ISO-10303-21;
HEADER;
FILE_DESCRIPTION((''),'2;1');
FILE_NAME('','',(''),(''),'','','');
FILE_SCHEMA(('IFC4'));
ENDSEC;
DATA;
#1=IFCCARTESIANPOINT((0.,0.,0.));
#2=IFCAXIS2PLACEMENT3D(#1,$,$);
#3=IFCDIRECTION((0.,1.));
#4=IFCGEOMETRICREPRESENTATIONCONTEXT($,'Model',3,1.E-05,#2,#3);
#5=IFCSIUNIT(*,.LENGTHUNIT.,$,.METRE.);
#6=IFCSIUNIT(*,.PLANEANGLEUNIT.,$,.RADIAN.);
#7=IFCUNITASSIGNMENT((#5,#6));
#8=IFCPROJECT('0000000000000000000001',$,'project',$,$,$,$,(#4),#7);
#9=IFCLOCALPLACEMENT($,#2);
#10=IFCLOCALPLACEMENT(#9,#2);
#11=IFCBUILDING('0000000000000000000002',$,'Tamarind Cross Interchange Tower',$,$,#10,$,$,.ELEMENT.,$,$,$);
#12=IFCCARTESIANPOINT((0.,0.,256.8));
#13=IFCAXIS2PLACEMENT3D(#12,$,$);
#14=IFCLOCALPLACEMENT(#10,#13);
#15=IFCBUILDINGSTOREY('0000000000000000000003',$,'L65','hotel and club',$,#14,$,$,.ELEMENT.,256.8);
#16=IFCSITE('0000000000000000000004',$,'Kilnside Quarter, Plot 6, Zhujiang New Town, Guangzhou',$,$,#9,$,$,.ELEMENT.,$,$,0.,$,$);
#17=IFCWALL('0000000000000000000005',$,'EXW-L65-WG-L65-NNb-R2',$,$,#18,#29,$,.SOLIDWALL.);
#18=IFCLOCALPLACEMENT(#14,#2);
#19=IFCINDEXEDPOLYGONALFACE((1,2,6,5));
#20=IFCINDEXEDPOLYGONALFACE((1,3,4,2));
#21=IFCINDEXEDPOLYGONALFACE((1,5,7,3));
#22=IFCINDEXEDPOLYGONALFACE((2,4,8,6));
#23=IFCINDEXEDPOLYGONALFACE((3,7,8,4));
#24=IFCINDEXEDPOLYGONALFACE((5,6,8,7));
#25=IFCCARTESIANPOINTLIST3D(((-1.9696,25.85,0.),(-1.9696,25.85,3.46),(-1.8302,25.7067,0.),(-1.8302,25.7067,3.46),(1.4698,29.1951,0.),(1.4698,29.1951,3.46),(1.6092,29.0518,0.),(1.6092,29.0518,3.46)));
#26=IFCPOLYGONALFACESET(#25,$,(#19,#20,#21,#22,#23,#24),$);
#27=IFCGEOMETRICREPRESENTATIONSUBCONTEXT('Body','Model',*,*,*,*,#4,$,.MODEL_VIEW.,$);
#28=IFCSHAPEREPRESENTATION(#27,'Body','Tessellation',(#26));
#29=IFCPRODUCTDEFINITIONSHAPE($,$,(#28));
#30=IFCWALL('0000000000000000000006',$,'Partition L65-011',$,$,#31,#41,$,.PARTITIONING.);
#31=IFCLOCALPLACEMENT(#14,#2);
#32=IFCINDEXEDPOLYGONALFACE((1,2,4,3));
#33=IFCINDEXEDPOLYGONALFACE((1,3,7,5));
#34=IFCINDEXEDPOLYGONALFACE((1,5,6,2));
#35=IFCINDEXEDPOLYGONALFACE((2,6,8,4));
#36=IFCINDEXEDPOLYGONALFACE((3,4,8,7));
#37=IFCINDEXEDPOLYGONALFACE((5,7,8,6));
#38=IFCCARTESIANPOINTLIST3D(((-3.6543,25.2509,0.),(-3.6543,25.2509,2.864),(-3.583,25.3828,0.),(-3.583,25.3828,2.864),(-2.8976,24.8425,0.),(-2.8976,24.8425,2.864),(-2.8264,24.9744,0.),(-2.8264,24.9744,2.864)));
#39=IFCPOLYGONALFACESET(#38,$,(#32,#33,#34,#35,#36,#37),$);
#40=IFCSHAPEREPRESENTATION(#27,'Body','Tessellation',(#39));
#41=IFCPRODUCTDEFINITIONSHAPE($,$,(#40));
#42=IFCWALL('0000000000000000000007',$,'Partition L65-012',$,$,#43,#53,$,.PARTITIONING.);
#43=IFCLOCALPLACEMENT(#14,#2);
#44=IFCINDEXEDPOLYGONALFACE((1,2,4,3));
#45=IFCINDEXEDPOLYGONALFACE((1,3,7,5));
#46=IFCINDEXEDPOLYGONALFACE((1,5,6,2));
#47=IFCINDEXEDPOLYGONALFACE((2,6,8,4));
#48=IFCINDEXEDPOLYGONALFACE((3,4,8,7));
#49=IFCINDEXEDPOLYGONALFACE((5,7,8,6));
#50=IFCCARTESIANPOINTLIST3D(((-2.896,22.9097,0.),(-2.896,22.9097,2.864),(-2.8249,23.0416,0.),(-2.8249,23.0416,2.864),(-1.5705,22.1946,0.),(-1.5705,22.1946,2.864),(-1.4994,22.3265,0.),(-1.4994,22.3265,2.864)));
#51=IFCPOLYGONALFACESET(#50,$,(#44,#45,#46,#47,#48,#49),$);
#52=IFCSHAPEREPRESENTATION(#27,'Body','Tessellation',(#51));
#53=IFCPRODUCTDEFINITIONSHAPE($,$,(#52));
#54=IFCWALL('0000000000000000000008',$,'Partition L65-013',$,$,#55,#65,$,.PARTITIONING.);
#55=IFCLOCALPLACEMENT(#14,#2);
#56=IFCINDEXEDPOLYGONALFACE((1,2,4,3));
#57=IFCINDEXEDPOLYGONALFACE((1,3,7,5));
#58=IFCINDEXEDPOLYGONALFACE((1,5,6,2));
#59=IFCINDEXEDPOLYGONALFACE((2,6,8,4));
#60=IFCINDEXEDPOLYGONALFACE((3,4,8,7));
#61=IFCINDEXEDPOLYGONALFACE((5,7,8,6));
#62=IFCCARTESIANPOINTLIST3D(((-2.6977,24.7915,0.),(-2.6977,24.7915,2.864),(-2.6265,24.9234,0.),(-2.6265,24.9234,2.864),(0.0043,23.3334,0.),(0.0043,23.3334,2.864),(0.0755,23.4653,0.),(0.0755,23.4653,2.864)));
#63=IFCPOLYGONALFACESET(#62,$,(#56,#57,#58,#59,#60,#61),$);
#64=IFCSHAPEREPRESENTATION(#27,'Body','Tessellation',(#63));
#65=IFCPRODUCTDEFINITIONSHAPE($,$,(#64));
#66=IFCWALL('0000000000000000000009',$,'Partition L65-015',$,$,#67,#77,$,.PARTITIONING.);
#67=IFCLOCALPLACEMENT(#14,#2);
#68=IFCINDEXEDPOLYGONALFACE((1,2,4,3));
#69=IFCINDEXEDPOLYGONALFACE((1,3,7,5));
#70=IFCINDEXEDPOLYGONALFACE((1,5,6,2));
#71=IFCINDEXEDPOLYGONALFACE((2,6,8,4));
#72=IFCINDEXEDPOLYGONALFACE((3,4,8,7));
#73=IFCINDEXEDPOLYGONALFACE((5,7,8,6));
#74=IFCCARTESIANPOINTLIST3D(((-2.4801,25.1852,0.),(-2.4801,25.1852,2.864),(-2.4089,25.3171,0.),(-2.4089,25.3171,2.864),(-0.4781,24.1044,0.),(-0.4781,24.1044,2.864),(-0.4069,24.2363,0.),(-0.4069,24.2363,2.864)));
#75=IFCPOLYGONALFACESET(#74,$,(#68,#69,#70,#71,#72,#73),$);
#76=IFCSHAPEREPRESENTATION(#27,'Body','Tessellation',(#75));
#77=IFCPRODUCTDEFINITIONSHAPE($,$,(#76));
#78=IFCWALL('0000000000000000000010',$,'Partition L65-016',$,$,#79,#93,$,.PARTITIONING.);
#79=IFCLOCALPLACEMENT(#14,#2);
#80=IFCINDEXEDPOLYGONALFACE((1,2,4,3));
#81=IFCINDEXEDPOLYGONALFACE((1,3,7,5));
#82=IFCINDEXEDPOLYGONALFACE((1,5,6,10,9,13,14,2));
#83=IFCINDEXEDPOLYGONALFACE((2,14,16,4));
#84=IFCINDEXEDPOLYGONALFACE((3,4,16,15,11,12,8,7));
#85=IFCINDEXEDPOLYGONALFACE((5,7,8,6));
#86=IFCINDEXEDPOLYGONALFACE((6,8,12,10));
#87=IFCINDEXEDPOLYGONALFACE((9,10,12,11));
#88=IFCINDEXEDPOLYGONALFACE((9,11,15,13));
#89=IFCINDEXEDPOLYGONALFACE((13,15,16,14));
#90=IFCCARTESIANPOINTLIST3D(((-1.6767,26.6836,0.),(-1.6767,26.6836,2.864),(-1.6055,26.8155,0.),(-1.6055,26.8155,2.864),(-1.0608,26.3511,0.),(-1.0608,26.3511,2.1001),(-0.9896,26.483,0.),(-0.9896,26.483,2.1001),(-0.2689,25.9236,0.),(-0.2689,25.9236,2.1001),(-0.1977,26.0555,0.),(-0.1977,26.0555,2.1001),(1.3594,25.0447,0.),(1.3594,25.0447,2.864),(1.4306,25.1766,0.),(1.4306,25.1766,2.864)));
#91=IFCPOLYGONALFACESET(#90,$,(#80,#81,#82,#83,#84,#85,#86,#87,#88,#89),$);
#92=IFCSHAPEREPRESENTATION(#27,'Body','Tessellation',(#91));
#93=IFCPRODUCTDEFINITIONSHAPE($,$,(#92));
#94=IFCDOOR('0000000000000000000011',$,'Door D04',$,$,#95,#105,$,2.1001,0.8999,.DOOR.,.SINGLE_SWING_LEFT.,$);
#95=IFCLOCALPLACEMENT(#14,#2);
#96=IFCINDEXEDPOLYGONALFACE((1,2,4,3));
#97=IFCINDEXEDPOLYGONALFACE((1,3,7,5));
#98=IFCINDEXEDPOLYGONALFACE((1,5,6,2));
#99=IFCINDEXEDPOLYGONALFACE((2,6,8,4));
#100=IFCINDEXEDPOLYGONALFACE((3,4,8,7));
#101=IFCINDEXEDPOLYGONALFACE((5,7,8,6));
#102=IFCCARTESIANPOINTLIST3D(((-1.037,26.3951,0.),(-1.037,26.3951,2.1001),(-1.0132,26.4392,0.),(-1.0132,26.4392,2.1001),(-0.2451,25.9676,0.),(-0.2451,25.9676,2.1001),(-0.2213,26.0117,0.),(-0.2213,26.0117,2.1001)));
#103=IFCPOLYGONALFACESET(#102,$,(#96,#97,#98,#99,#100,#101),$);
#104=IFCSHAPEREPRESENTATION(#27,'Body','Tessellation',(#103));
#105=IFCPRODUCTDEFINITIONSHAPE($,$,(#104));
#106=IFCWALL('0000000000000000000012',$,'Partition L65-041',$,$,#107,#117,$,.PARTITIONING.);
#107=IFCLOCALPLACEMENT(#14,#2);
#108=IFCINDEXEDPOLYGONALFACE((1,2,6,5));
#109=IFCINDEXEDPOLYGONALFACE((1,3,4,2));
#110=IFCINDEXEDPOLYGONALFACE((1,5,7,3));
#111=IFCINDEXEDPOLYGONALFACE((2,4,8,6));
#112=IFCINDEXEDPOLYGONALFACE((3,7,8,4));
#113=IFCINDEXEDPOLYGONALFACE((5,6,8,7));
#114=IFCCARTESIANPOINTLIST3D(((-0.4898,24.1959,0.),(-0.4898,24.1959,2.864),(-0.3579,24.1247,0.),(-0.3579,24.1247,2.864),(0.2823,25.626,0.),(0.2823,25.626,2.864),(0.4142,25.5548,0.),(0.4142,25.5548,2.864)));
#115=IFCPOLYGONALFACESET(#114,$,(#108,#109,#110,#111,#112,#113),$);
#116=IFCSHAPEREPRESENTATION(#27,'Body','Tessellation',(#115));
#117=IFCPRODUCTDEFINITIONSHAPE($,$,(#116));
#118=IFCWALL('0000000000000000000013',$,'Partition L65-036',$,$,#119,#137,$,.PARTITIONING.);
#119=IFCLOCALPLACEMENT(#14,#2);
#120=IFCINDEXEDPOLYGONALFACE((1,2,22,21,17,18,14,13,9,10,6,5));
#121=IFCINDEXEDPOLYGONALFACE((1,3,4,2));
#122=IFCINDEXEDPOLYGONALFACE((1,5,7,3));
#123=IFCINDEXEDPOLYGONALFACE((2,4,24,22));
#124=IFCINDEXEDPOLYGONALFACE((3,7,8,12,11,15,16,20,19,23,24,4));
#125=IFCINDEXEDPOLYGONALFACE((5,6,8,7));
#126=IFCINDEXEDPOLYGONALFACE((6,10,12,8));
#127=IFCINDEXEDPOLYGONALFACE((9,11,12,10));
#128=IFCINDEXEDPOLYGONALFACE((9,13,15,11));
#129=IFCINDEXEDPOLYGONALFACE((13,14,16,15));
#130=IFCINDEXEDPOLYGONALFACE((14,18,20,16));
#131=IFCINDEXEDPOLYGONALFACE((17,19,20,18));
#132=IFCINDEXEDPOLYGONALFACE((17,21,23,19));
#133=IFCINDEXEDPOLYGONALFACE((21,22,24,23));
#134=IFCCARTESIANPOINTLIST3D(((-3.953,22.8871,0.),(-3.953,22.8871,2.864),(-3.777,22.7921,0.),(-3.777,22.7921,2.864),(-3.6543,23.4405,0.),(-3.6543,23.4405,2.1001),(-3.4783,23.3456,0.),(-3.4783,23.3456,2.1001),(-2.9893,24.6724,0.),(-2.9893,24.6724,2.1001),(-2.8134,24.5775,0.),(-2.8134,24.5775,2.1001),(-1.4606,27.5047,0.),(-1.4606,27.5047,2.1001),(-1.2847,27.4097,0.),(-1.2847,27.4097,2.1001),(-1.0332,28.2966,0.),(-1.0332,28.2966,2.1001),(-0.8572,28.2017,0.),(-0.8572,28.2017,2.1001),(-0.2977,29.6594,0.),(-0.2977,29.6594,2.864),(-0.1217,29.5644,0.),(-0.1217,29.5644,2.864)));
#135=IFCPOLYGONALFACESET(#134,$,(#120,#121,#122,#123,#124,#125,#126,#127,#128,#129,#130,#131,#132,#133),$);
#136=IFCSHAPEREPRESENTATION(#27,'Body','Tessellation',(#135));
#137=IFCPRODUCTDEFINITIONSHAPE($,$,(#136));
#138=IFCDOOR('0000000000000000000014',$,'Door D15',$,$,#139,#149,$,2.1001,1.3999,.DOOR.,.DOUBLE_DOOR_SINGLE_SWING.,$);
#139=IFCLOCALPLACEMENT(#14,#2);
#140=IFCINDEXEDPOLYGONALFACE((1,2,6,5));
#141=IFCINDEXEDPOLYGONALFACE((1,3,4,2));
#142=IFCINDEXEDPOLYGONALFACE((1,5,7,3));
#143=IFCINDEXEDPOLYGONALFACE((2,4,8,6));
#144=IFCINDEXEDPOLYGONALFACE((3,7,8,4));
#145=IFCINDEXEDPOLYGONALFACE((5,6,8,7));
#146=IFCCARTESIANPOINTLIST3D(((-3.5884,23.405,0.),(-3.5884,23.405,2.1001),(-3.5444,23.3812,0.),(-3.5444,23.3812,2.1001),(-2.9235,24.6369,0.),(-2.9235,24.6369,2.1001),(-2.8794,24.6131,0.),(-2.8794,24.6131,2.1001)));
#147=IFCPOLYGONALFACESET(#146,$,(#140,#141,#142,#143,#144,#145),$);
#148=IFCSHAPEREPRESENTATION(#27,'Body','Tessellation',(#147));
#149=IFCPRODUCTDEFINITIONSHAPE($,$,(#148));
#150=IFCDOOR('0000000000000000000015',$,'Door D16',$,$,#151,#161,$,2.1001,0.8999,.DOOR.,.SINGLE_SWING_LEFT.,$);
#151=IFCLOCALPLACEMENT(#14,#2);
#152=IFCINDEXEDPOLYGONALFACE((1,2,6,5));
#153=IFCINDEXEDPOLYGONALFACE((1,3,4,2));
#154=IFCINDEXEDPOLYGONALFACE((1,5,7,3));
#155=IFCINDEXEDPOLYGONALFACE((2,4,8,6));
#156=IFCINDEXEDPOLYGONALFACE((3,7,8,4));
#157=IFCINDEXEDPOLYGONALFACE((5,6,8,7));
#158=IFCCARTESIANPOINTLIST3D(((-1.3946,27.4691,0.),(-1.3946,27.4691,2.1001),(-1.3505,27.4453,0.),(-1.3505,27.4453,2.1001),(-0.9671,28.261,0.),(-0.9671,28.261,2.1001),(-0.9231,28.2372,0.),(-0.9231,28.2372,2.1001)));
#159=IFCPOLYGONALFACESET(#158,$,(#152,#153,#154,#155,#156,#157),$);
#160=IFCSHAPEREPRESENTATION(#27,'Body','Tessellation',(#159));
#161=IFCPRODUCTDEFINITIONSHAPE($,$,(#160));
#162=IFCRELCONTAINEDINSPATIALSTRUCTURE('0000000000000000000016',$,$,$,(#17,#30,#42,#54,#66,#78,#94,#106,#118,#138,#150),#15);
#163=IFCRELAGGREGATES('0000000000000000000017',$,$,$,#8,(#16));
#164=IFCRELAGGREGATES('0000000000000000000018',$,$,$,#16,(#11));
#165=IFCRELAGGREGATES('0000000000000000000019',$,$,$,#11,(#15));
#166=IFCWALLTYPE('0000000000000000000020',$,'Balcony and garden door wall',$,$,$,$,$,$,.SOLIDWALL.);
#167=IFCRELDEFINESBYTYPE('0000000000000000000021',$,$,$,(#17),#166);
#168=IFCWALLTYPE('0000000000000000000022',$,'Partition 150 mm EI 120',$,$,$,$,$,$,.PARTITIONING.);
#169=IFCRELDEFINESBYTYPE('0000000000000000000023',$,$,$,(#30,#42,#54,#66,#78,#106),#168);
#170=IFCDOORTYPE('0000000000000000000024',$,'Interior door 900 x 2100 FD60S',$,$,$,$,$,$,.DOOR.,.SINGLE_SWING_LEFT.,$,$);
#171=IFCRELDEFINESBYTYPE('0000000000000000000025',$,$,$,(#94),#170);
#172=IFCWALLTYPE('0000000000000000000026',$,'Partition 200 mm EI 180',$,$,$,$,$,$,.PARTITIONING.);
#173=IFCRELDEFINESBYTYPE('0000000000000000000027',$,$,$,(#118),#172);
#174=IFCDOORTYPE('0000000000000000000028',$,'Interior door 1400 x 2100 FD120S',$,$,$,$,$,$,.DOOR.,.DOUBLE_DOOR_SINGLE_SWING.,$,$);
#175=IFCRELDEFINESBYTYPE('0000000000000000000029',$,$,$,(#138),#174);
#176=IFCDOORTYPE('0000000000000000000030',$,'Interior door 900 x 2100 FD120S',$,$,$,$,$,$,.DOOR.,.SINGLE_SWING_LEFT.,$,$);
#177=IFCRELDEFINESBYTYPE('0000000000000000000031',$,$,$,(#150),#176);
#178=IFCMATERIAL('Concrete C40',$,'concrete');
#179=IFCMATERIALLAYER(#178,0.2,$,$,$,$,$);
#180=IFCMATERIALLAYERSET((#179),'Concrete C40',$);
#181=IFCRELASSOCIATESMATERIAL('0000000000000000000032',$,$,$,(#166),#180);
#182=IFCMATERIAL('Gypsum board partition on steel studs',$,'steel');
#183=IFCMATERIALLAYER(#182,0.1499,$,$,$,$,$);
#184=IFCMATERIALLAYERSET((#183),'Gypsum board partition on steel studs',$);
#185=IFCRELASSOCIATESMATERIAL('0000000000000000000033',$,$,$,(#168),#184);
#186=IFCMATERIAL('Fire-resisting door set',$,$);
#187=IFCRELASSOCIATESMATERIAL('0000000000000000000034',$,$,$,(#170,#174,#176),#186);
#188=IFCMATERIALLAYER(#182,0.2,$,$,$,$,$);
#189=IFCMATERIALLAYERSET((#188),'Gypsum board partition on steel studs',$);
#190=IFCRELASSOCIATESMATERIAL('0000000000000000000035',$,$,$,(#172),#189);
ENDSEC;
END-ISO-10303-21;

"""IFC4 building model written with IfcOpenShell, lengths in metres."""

from ifc_helpers import new_model, si_unit, direction, frame, frame_2d, origin, place, context, subcontext, project, spatial, rectangle, extrude, material, layer, layer_set, type_object, element, fill, save


model = new_model("IFC4")

# Units and contexts
model_context = context("Model", 3, precision=1e-05, world=origin(), true_north=direction((0.0, 1.0)))
body_context = subcontext(model_context, "Body", "Model", "MODEL_VIEW")
ifc_project = project(units=[si_unit("LENGTHUNIT", "METRE"), si_unit("PLANEANGLEUNIT", "RADIAN")], contexts=[model_context])

# Site, building, storey
site_placement = place(None, origin())
site = spatial("IfcSite", under=ifc_project, at=site_placement, Name="Kilnside Quarter, Plot 6, Zhujiang New Town, Guangzhou", CompositionType="ELEMENT", RefElevation=0.0)
building_placement = place(site_placement, origin())
building = spatial("IfcBuilding", under=site, at=building_placement, Name="Tamarind Cross Interchange Tower", CompositionType="ELEMENT")
storey_placement = place(building_placement, frame((0.0, 0.0, 256.8)))
storey = spatial("IfcBuildingStorey", under=building, at=storey_placement, Name="L65", Description="hotel and club", CompositionType="ELEMENT", Elevation=256.8)

# Walls
ifc_material_1 = material(Name="Concrete C40", Category="concrete")
ifc_layer_1 = layer(ifc_material_1, 0.2)
ifc_layer_set_1 = layer_set([ifc_layer_1], Name="Concrete C40")
wall_type_1 = type_object("IfcWallType", Name="Balcony and garden door wall", PredefinedType="SOLIDWALL", material=ifc_layer_set_1)
wall_1_placement = place(storey_placement, frame((-1.8999, 25.7783, 0.0), z_axis=(0.0, 0.0, 1.0), x_axis=(0.716859, 0.697218, 0.0)))
element("IfcWall", 1, at=wall_1_placement, inside=storey, type_object=wall_type_1, Name="EXW-L65-WG-L65-NNb-R2", PredefinedType="SOLIDWALL", context=body_context, shape_type="SweptSolid", body=[
    extrude(rectangle(XDim=4.7979, YDim=0.2, at=frame_2d((2.3989, 0.0))), origin(), (0.0, 0.0, 1.0), 3.46),
])
ifc_material_2 = material(Name="Gypsum board partition on steel studs", Category="steel")
ifc_layer_2 = layer(ifc_material_2, 0.1499)
ifc_layer_set_2 = layer_set([ifc_layer_2], Name="Gypsum board partition on steel studs")
wall_type_2 = type_object("IfcWallType", Name="Partition 150 mm EI 120", PredefinedType="PARTITIONING", material=ifc_layer_set_2)
wall_2_placement = place(storey_placement, frame((-3.6187, 25.3169, 0.0), z_axis=(0.0, 0.0, 1.0), x_axis=(0.87996, -0.475048, 0.0)))
element("IfcWall", 2, at=wall_2_placement, inside=storey, type_object=wall_type_2, Name="Partition L65-011", PredefinedType="PARTITIONING", context=body_context, shape_type="SweptSolid", body=[
    extrude(rectangle(XDim=0.8599, YDim=0.1499, at=frame_2d((0.4299, 0.0))), origin(), (0.0, 0.0, 1.0), 2.864),
])
wall_3_placement = place(storey_placement, frame((-2.8604, 22.9756, 0.0), z_axis=(0.0, 0.0, 1.0), x_axis=(0.880086, -0.474815, 0.0)))
element("IfcWall", 3, at=wall_3_placement, inside=storey, type_object=wall_type_2, Name="Partition L65-012", PredefinedType="PARTITIONING", context=body_context, shape_type="SweptSolid", body=[
    extrude(rectangle(XDim=1.5061, YDim=0.1499, at=frame_2d((0.7529, 0.0))), origin(), (0.0, 0.0, 1.0), 2.864),
])
wall_4_placement = place(storey_placement, frame((-2.6621, 24.8574, 0.0), z_axis=(0.0, 0.0, 1.0), x_axis=(0.880044, -0.474892, 0.0)))
element("IfcWall", 4, at=wall_4_placement, inside=storey, type_object=wall_type_2, Name="Partition L65-013", PredefinedType="PARTITIONING", context=body_context, shape_type="SweptSolid", body=[
    extrude(rectangle(XDim=3.0703, YDim=0.1499, at=frame_2d((1.5352, 0.0))), origin(), (0.0, 0.0, 1.0), 2.864),
])
wall_5_placement = place(storey_placement, frame((-2.4446, 25.2512, 0.0), z_axis=(0.0, 0.0, 1.0), x_axis=(0.87995, -0.475066, 0.0)))
element("IfcWall", 5, at=wall_5_placement, inside=storey, type_object=wall_type_2, Name="Partition L65-015", PredefinedType="PARTITIONING", context=body_context, shape_type="SweptSolid", body=[
    extrude(rectangle(XDim=2.2751, YDim=0.1499, at=frame_2d((1.1377, 0.0))), origin(), (0.0, 0.0, 1.0), 2.864),
])

# Wall, opening, door
wall_6_placement = place(storey_placement, frame((-1.6411, 26.7495, 0.0), z_axis=(0.0, 0.0, 1.0), x_axis=(0.879978, -0.475015, 0.0)))
wall_6 = element("IfcWall", 6, at=wall_6_placement, inside=storey, type_object=wall_type_2, Name="Partition L65-016", PredefinedType="PARTITIONING", context=body_context, shape_type="SweptSolid", body=[
    extrude(rectangle(XDim=3.4502, YDim=0.1499, at=frame_2d((1.7251, 0.0))), origin(), (0.0, 0.0, 1.0), 2.864),
])
opening_1_placement = place(wall_6_placement, frame((0.7, 0.0, 0.0)))
opening_1 = element("IfcOpeningElement", 7, at=opening_1_placement, cuts=wall_6, PredefinedType="OPENING", context=body_context, shape_type="SweptSolid", body=[
    extrude(rectangle(XDim=0.8999, YDim=2.1001, at=frame_2d((0.45, 1.05))), frame((0.0, 0.085, 0.0), z_axis=(0.0, -1.0, 0.0), x_axis=(1.0, 0.0, 0.0)), (0.0, 0.0, 1.0), 0.1699),
])
ifc_material_3 = material(Name="Fire-resisting door set")
door_type_1 = type_object("IfcDoorType", Name="Interior door 900 x 2100 FD60S", OperationType="SINGLE_SWING_LEFT", PredefinedType="DOOR", material=ifc_material_3)
door_1_placement = place(opening_1_placement, frame((0.8999, 0.0, 0.0), z_axis=(0.0, 0.0, 1.0), x_axis=(-1.0, 0.0, 0.0)))
door_1 = element("IfcDoor", 8, at=door_1_placement, inside=storey, type_object=door_type_1, Name="Door D04", OperationType="SINGLE_SWING_LEFT", OverallHeight=2.1001, OverallWidth=0.8999, PredefinedType="DOOR", context=body_context, shape_type="SweptSolid", body=[
    extrude(rectangle(XDim=0.8999, YDim=2.1001, at=frame_2d((0.45, 1.05))), frame((0.0, 0.0249, 0.0), z_axis=(0.0, -1.0, 0.0), x_axis=(1.0, 0.0, 0.0)), (0.0, 0.0, 1.0), 0.05),
])
fill(opening_1, door_1)

# Wall
wall_7_placement = place(storey_placement, frame((-0.4238, 24.1604, 0.0), z_axis=(0.0, 0.0, 1.0), x_axis=(0.475112, 0.879925, 0.0)))
element("IfcWall", 9, at=wall_7_placement, inside=storey, type_object=wall_type_2, Name="Partition L65-041", PredefinedType="PARTITIONING", context=body_context, shape_type="SweptSolid", body=[
    extrude(rectangle(XDim=1.6252, YDim=0.1499, at=frame_2d((0.8125, 0.0))), origin(), (0.0, 0.0, 1.0), 2.864),
])

# Wall, openings, doors
ifc_layer_3 = layer(ifc_material_2, 0.2)
ifc_layer_set_3 = layer_set([ifc_layer_3], Name="Gypsum board partition on steel studs")
wall_type_3 = type_object("IfcWallType", Name="Partition 200 mm EI 180", PredefinedType="PARTITIONING", material=ifc_layer_set_3)
wall_8_placement = place(storey_placement, frame((-3.865, 22.8396, 0.0), z_axis=(0.0, 0.0, 1.0), x_axis=(0.474975, 0.879999, 0.0)))
wall_8 = element("IfcWall", 10, at=wall_8_placement, inside=storey, type_object=wall_type_3, Name="Partition L65-036", PredefinedType="PARTITIONING", context=body_context, shape_type="SweptSolid", body=[
    extrude(rectangle(XDim=7.6958, YDim=0.2, at=frame_2d((3.8479, 0.0))), origin(), (0.0, 0.0, 1.0), 2.864),
])
opening_2_placement = place(wall_8_placement, frame((0.6289, 0.0, 0.0)))
opening_2 = element("IfcOpeningElement", 11, at=opening_2_placement, cuts=wall_8, PredefinedType="OPENING", context=body_context, shape_type="SweptSolid", body=[
    extrude(rectangle(XDim=1.3999, YDim=2.1001, at=frame_2d((0.7, 1.05))), frame((0.0, 0.1099, 0.0), z_axis=(0.0, -1.0, 0.0), x_axis=(1.0, 0.0, 0.0)), (0.0, 0.0, 1.0), 0.22),
])
opening_3_placement = place(wall_8_placement, frame((5.2473, 0.0, 0.0)))
opening_3 = element("IfcOpeningElement", 12, at=opening_3_placement, cuts=wall_8, PredefinedType="OPENING", context=body_context, shape_type="SweptSolid", body=[
    extrude(rectangle(XDim=0.8999, YDim=2.1001, at=frame_2d((0.45, 1.05))), frame((0.0, 0.1099, 0.0), z_axis=(0.0, -1.0, 0.0), x_axis=(1.0, 0.0, 0.0)), (0.0, 0.0, 1.0), 0.22),
])
door_type_2 = type_object("IfcDoorType", Name="Interior door 1400 x 2100 FD120S", OperationType="DOUBLE_DOOR_SINGLE_SWING", PredefinedType="DOOR", material=ifc_material_3)
door_2_placement = place(opening_2_placement, frame((1.3999, 0.0, 0.0), z_axis=(0.0, 0.0, 1.0), x_axis=(-1.0, 0.0, 0.0)))
door_2 = element("IfcDoor", 13, at=door_2_placement, inside=storey, type_object=door_type_2, Name="Door D15", OperationType="DOUBLE_DOOR_SINGLE_SWING", OverallHeight=2.1001, OverallWidth=1.3999, PredefinedType="DOOR", context=body_context, shape_type="SweptSolid", body=[
    extrude(rectangle(XDim=1.3999, YDim=2.1001, at=frame_2d((0.7, 1.05))), frame((0.0, 0.0249, 0.0), z_axis=(0.0, -1.0, 0.0), x_axis=(1.0, 0.0, 0.0)), (0.0, 0.0, 1.0), 0.05),
])
fill(opening_2, door_2)
door_type_3 = type_object("IfcDoorType", Name="Interior door 900 x 2100 FD120S", OperationType="SINGLE_SWING_LEFT", PredefinedType="DOOR", material=ifc_material_3)
door_3_placement = place(opening_3_placement, origin())
door_3 = element("IfcDoor", 14, at=door_3_placement, inside=storey, type_object=door_type_3, Name="Door D16", OperationType="SINGLE_SWING_LEFT", OverallHeight=2.1001, OverallWidth=0.8999, PredefinedType="DOOR", context=body_context, shape_type="SweptSolid", body=[
    extrude(rectangle(XDim=0.8999, YDim=2.1001, at=frame_2d((0.45, 1.05))), frame((0.0, 0.0249, 0.0), z_axis=(0.0, -1.0, 0.0), x_axis=(1.0, 0.0, 0.0)), (0.0, 0.0, 1.0), 0.05),
])
fill(opening_3, door_3)

save(model, "model.ifc")
